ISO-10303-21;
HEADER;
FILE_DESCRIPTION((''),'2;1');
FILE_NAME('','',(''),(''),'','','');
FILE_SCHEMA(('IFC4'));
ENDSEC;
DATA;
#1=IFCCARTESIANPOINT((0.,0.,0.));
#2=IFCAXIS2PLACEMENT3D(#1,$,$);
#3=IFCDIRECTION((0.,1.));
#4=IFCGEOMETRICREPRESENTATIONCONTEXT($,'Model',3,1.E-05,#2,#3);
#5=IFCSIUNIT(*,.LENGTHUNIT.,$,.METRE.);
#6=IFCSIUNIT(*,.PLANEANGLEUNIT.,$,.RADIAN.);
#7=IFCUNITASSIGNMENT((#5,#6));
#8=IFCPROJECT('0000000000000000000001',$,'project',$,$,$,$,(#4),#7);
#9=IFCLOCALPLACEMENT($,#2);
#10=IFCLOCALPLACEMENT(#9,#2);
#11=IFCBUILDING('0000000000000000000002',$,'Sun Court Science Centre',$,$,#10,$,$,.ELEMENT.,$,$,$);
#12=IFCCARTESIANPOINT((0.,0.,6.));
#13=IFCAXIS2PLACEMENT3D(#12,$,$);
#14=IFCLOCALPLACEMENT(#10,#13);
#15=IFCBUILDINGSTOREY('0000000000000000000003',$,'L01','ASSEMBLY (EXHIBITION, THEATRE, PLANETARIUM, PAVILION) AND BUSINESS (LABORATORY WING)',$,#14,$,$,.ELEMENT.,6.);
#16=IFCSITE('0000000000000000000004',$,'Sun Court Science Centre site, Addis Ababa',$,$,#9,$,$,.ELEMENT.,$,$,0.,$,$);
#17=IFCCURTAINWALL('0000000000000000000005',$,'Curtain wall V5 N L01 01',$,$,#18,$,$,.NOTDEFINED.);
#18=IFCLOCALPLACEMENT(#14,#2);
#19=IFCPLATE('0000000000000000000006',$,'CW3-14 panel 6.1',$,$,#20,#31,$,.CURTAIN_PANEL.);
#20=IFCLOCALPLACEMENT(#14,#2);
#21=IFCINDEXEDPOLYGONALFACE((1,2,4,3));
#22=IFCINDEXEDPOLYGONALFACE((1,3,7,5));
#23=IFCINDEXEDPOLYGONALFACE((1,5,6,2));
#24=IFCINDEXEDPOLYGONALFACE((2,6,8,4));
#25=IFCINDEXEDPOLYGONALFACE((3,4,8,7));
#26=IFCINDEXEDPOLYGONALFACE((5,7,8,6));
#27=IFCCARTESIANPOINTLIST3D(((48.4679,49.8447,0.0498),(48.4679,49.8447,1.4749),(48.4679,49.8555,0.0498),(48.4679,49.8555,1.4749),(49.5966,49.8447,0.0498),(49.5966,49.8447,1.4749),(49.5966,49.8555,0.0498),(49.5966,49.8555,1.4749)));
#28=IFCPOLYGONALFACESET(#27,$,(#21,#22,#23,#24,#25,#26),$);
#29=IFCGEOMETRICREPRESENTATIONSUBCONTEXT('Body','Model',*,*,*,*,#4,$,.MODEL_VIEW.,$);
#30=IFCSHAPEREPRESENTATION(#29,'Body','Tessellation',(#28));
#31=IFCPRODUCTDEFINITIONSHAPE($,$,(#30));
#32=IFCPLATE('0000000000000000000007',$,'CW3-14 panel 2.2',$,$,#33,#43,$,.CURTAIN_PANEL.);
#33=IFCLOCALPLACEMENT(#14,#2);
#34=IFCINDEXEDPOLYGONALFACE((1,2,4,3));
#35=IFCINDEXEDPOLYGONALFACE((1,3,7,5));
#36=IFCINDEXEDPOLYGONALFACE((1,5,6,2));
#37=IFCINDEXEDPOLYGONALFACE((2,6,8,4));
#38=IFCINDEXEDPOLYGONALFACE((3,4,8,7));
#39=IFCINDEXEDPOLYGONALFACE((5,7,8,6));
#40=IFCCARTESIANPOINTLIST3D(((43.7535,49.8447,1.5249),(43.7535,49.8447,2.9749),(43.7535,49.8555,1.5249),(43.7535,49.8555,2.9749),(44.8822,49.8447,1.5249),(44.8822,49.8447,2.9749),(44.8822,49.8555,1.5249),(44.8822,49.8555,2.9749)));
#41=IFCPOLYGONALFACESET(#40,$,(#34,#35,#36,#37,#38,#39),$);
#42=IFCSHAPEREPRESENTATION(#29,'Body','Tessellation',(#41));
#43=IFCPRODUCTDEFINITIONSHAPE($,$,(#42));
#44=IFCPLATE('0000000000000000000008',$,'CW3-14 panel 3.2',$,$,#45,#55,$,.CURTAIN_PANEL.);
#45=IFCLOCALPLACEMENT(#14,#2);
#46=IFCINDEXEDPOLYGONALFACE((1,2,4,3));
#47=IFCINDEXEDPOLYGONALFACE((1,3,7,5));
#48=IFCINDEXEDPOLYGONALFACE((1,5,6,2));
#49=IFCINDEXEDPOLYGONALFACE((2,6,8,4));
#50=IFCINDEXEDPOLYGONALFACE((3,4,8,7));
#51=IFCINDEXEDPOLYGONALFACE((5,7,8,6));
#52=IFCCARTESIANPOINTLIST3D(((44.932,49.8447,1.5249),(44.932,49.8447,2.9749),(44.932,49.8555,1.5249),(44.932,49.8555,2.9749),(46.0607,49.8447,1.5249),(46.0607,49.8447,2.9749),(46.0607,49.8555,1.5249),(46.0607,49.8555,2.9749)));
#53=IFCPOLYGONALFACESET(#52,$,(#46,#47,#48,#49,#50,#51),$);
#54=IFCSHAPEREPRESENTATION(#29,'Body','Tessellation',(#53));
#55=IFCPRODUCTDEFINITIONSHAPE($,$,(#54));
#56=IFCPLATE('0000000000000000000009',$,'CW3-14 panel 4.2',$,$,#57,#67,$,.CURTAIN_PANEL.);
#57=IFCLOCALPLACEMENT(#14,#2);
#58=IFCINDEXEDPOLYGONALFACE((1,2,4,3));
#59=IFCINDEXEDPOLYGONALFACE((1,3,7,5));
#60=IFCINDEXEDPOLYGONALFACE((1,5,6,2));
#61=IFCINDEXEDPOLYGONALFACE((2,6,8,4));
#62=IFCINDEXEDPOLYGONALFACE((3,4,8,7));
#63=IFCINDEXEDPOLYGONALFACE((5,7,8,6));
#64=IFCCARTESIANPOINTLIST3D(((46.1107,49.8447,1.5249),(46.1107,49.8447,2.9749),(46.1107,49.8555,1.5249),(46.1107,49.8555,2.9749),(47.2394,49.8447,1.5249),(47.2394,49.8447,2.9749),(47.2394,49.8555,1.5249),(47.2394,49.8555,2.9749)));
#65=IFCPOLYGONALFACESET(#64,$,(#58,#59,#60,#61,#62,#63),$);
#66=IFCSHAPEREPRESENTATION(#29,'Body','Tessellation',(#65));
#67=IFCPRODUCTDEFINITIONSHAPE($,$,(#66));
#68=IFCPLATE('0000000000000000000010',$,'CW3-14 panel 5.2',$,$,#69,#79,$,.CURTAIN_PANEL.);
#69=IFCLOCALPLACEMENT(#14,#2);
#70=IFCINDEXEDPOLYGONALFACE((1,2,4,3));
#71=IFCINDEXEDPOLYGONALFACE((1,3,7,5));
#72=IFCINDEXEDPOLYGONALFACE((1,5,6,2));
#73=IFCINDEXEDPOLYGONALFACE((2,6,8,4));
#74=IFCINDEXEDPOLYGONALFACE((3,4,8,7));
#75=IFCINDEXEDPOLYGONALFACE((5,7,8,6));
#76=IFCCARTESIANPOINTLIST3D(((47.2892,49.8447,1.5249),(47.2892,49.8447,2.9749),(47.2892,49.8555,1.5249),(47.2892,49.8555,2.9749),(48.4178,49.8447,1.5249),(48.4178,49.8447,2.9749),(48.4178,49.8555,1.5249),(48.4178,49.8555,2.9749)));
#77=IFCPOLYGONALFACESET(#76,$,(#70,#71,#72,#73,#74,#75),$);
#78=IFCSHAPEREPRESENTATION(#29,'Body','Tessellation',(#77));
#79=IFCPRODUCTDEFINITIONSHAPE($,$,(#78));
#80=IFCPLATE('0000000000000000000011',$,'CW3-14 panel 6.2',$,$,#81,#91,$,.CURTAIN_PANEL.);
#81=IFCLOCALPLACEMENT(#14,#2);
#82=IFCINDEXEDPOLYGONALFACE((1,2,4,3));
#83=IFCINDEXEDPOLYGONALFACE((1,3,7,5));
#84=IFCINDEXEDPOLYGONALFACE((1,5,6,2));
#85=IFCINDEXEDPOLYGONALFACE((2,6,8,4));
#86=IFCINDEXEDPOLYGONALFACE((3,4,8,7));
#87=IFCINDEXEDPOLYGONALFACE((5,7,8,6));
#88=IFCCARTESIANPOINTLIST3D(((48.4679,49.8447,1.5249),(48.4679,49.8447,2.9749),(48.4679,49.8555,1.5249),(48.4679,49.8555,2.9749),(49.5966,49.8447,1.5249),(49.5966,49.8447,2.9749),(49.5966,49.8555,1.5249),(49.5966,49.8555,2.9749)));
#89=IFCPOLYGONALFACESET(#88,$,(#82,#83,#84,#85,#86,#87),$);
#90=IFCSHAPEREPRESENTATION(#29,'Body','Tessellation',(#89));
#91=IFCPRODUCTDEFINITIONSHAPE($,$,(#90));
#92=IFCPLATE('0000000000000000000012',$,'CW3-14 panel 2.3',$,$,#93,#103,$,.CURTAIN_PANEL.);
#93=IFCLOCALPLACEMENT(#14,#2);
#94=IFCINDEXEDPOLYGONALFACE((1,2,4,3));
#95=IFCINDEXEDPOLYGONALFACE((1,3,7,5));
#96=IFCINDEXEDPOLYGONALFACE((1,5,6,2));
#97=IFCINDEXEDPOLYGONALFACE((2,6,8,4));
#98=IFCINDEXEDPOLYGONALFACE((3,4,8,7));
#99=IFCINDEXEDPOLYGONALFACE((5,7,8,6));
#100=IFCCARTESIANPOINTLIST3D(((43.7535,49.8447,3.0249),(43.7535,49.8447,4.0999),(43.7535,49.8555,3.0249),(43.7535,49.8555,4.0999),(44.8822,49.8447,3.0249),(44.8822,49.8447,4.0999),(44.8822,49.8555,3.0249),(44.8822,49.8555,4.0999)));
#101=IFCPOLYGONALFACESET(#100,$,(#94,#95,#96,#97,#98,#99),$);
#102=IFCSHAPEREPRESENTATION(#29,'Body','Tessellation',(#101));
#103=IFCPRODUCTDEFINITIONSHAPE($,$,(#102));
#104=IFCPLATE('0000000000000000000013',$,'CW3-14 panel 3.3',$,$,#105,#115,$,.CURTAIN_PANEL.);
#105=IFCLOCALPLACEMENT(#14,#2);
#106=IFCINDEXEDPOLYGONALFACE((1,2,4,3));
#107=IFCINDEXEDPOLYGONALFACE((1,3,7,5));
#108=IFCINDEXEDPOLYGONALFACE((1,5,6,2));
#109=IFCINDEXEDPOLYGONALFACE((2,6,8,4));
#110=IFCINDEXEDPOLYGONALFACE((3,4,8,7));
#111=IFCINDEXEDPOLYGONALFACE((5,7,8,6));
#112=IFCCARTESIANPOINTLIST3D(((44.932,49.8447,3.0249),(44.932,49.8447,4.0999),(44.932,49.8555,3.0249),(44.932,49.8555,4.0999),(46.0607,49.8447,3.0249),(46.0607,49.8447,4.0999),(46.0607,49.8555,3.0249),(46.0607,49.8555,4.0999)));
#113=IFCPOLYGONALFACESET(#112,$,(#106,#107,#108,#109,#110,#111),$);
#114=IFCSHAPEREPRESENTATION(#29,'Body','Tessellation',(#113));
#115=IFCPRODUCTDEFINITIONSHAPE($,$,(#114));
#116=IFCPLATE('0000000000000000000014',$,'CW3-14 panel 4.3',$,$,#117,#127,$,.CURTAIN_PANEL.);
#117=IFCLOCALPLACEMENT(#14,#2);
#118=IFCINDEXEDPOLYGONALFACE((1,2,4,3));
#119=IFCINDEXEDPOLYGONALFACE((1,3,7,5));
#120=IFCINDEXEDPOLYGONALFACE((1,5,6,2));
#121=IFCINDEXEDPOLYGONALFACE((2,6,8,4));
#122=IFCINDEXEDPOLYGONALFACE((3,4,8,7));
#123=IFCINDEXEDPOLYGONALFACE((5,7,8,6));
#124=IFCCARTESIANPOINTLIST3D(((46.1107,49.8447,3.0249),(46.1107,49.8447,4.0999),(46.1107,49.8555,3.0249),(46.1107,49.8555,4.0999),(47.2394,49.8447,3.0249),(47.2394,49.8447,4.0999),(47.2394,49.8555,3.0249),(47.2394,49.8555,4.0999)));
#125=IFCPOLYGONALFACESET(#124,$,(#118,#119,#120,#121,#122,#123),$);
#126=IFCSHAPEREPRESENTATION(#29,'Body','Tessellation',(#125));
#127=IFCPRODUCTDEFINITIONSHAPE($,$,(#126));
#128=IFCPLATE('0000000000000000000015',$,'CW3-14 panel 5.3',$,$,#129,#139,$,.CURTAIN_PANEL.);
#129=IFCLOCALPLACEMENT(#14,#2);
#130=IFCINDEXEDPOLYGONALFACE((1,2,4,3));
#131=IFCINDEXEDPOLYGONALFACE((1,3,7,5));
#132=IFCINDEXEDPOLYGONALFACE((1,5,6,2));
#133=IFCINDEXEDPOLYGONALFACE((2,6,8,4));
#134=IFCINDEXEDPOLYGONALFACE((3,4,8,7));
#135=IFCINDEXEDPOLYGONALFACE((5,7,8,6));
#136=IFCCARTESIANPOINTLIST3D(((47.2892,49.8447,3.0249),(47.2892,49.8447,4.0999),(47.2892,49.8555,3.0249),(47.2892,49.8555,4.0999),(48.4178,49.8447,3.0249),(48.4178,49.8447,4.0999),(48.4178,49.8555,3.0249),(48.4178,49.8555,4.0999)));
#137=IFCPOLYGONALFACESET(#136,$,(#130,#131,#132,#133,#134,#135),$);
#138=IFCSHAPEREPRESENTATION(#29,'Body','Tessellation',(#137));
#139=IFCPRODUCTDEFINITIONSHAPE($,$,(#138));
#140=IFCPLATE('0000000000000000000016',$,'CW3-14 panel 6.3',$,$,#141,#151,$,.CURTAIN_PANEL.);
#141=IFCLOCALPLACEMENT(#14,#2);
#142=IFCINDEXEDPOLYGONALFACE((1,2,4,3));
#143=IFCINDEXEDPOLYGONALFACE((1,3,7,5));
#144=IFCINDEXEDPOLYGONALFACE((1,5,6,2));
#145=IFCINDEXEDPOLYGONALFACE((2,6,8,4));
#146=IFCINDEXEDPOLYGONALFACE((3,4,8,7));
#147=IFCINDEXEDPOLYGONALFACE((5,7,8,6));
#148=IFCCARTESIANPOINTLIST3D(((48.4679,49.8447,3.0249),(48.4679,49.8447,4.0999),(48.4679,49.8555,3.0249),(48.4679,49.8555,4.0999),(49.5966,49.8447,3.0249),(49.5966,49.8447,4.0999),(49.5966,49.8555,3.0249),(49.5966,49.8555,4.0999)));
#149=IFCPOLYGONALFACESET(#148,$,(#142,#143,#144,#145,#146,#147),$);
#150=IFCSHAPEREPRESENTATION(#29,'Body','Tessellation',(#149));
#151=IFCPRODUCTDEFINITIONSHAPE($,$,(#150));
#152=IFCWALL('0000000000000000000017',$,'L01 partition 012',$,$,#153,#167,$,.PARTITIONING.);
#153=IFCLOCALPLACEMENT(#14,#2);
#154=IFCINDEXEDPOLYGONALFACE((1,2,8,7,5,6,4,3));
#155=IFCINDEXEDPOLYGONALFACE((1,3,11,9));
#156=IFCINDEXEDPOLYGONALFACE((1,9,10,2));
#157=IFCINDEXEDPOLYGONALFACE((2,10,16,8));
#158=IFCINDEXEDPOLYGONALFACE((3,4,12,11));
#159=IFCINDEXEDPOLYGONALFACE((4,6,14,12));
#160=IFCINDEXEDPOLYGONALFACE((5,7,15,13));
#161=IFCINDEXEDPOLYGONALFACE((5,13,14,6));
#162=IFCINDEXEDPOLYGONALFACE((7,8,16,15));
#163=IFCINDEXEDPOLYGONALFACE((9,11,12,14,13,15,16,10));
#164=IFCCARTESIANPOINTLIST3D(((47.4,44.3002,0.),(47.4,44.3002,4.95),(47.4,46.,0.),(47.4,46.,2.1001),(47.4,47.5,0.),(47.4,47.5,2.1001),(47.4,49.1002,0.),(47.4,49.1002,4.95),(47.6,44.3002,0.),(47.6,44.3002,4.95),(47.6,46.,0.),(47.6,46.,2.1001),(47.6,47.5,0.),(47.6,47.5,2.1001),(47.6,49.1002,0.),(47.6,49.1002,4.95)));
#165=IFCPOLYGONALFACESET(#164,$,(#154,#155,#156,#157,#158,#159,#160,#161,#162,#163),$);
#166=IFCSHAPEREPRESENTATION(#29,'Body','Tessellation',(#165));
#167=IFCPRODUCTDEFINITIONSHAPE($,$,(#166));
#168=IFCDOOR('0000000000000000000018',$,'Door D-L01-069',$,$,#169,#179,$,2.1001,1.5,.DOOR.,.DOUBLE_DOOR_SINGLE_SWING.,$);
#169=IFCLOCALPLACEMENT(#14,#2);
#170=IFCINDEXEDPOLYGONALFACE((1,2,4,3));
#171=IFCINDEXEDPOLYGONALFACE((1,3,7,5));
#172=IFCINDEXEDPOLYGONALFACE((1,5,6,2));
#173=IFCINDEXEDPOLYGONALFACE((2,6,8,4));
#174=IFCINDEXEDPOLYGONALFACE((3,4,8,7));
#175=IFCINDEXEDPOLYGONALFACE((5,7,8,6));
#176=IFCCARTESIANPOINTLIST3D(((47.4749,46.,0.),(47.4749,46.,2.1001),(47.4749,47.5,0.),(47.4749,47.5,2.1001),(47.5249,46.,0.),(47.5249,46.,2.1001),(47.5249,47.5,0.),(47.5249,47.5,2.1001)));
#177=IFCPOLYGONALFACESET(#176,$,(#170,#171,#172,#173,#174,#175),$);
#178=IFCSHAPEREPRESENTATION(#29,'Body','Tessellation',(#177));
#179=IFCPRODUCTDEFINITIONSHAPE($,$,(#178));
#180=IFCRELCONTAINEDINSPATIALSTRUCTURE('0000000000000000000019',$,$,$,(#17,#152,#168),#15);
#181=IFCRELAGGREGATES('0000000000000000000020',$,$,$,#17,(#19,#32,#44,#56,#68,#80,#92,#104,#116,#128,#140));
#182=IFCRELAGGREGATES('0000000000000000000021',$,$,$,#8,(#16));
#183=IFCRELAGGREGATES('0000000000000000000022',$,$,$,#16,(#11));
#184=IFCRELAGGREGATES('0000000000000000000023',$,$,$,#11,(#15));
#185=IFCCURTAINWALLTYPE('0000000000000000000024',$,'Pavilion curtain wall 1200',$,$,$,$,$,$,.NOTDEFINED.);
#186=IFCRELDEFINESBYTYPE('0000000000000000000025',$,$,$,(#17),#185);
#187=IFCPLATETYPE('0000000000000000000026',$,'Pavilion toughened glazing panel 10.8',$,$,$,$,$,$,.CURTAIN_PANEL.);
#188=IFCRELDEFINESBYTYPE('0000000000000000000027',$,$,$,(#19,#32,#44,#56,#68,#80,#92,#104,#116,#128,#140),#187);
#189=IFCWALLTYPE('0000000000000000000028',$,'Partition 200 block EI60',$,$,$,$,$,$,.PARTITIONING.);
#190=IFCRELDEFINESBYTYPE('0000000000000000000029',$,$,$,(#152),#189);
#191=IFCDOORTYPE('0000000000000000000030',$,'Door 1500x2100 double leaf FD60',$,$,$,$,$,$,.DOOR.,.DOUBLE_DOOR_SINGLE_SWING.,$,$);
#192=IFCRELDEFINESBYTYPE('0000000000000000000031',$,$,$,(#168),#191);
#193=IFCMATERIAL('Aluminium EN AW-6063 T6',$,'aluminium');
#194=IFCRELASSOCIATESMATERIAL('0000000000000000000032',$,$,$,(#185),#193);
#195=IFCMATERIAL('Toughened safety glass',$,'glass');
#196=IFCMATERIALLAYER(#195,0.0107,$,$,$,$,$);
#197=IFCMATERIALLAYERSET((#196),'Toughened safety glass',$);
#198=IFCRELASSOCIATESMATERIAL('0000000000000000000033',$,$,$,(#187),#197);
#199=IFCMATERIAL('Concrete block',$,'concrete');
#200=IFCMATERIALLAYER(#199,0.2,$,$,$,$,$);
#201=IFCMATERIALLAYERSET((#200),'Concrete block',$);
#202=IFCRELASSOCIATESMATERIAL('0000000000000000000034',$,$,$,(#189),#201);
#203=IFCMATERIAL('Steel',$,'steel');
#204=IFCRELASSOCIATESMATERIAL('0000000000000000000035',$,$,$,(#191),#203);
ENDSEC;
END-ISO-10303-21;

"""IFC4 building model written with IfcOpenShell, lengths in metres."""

from ifc_helpers import new_model, si_unit, direction, frame, frame_2d, origin, origin_2d, place, context, subcontext, project, spatial, rectangle, extrude, material, layer, layer_set, type_object, element, fill, aggregate, save


model = new_model("IFC4")

# Units and contexts
model_context = context("Model", 3, precision=1e-05, world=origin(), true_north=direction((0.0, 1.0)))
body_context = subcontext(model_context, "Body", "Model", "MODEL_VIEW")
ifc_project = project(units=[si_unit("LENGTHUNIT", "METRE"), si_unit("PLANEANGLEUNIT", "RADIAN")], contexts=[model_context])

# Site, building, storey
site_placement = place(None, origin())
site = spatial("IfcSite", under=ifc_project, at=site_placement, Name="Sun Court Science Centre site, Addis Ababa", CompositionType="ELEMENT", RefElevation=0.0)
building_placement = place(site_placement, origin())
building = spatial("IfcBuilding", under=site, at=building_placement, Name="Sun Court Science Centre", CompositionType="ELEMENT")
storey_placement = place(building_placement, frame((0.0, 0.0, 6.0)))
storey = spatial("IfcBuildingStorey", under=building, at=storey_placement, Name="L01", Description="ASSEMBLY (EXHIBITION, THEATRE, PLANETARIUM, PAVILION) AND BUSINESS (LABORATORY WING)", CompositionType="ELEMENT", Elevation=6.0)

# Curtain wall, plates
ifc_material_1 = material(Name="Aluminium EN AW-6063 T6", Category="aluminium")
curtain_wall_type = type_object("IfcCurtainWallType", Name="Pavilion curtain wall 1200", PredefinedType="NOTDEFINED", material=ifc_material_1)
curtain_wall_placement = place(storey_placement, origin())
curtain_wall = element("IfcCurtainWall", 1, at=curtain_wall_placement, inside=storey, type_object=curtain_wall_type, Name="Curtain wall V5 N L01 01", PredefinedType="NOTDEFINED")
ifc_material_2 = material(Name="Toughened safety glass", Category="glass")
ifc_layer_1 = layer(ifc_material_2, 0.0107)
ifc_layer_set_1 = layer_set([ifc_layer_1], Name="Toughened safety glass")
plate_type = type_object("IfcPlateType", Name="Pavilion toughened glazing panel 10.8", PredefinedType="CURTAIN_PANEL", material=ifc_layer_set_1)
plate_1_placement = place(storey_placement, frame((49.0322, 49.8501, 0.0498), z_axis=(0.0, 0.0, 1.0), x_axis=(1.0, 0.0, 0.0)))
plate_1 = element("IfcPlate", 2, at=plate_1_placement, type_object=plate_type, Name="CW3-14 panel 6.1", PredefinedType="CURTAIN_PANEL", context=body_context, shape_type="SweptSolid", body=[
    extrude(rectangle(XDim=1.1287, YDim=0.0107, at=origin_2d()), origin(), (0.0, 0.0, 1.0), 1.425),
])
plate_2_placement = place(storey_placement, frame((44.3179, 49.8501, 1.5249), z_axis=(0.0, 0.0, 1.0), x_axis=(1.0, 0.0, 0.0)))
plate_2 = element("IfcPlate", 3, at=plate_2_placement, type_object=plate_type, Name="CW3-14 panel 2.2", PredefinedType="CURTAIN_PANEL", context=body_context, shape_type="SweptSolid", body=[
    extrude(rectangle(XDim=1.1287, YDim=0.0107, at=origin_2d()), origin(), (0.0, 0.0, 1.0), 1.45),
])
plate_3_placement = place(storey_placement, frame((45.4963, 49.8501, 1.5249), z_axis=(0.0, 0.0, 1.0), x_axis=(1.0, 0.0, 0.0)))
plate_3 = element("IfcPlate", 4, at=plate_3_placement, type_object=plate_type, Name="CW3-14 panel 3.2", PredefinedType="CURTAIN_PANEL", context=body_context, shape_type="SweptSolid", body=[
    extrude(rectangle(XDim=1.1287, YDim=0.0107, at=origin_2d()), origin(), (0.0, 0.0, 1.0), 1.45),
])
plate_4_placement = place(storey_placement, frame((46.675, 49.8501, 1.5249), z_axis=(0.0, 0.0, 1.0), x_axis=(1.0, 0.0, 0.0)))
plate_4 = element("IfcPlate", 5, at=plate_4_placement, type_object=plate_type, Name="CW3-14 panel 4.2", PredefinedType="CURTAIN_PANEL", context=body_context, shape_type="SweptSolid", body=[
    extrude(rectangle(XDim=1.1287, YDim=0.0107, at=origin_2d()), origin(), (0.0, 0.0, 1.0), 1.45),
])
plate_5_placement = place(storey_placement, frame((47.8535, 49.8501, 1.5249), z_axis=(0.0, 0.0, 1.0), x_axis=(1.0, 0.0, 0.0)))
plate_5 = element("IfcPlate", 6, at=plate_5_placement, type_object=plate_type, Name="CW3-14 panel 5.2", PredefinedType="CURTAIN_PANEL", context=body_context, shape_type="SweptSolid", body=[
    extrude(rectangle(XDim=1.1287, YDim=0.0107, at=origin_2d()), origin(), (0.0, 0.0, 1.0), 1.45),
])
plate_6_placement = place(storey_placement, frame((49.0322, 49.8501, 1.5249), z_axis=(0.0, 0.0, 1.0), x_axis=(1.0, 0.0, 0.0)))
plate_6 = element("IfcPlate", 7, at=plate_6_placement, type_object=plate_type, Name="CW3-14 panel 6.2", PredefinedType="CURTAIN_PANEL", context=body_context, shape_type="SweptSolid", body=[
    extrude(rectangle(XDim=1.1287, YDim=0.0107, at=origin_2d()), origin(), (0.0, 0.0, 1.0), 1.45),
])
plate_7_placement = place(storey_placement, frame((44.3179, 49.8501, 3.0249), z_axis=(0.0, 0.0, 1.0), x_axis=(1.0, 0.0, 0.0)))
plate_7 = element("IfcPlate", 8, at=plate_7_placement, type_object=plate_type, Name="CW3-14 panel 2.3", PredefinedType="CURTAIN_PANEL", context=body_context, shape_type="SweptSolid", body=[
    extrude(rectangle(XDim=1.1287, YDim=0.0107, at=origin_2d()), origin(), (0.0, 0.0, 1.0), 1.075),
])
plate_8_placement = place(storey_placement, frame((45.4963, 49.8501, 3.0249), z_axis=(0.0, 0.0, 1.0), x_axis=(1.0, 0.0, 0.0)))
plate_8 = element("IfcPlate", 9, at=plate_8_placement, type_object=plate_type, Name="CW3-14 panel 3.3", PredefinedType="CURTAIN_PANEL", context=body_context, shape_type="SweptSolid", body=[
    extrude(rectangle(XDim=1.1287, YDim=0.0107, at=origin_2d()), origin(), (0.0, 0.0, 1.0), 1.075),
])
plate_9_placement = place(storey_placement, frame((46.675, 49.8501, 3.0249), z_axis=(0.0, 0.0, 1.0), x_axis=(1.0, 0.0, 0.0)))
plate_9 = element("IfcPlate", 10, at=plate_9_placement, type_object=plate_type, Name="CW3-14 panel 4.3", PredefinedType="CURTAIN_PANEL", context=body_context, shape_type="SweptSolid", body=[
    extrude(rectangle(XDim=1.1287, YDim=0.0107, at=origin_2d()), origin(), (0.0, 0.0, 1.0), 1.075),
])
plate_10_placement = place(storey_placement, frame((47.8535, 49.8501, 3.0249), z_axis=(0.0, 0.0, 1.0), x_axis=(1.0, 0.0, 0.0)))
plate_10 = element("IfcPlate", 11, at=plate_10_placement, type_object=plate_type, Name="CW3-14 panel 5.3", PredefinedType="CURTAIN_PANEL", context=body_context, shape_type="SweptSolid", body=[
    extrude(rectangle(XDim=1.1287, YDim=0.0107, at=origin_2d()), origin(), (0.0, 0.0, 1.0), 1.075),
])
plate_11_placement = place(storey_placement, frame((49.0322, 49.8501, 3.0249), z_axis=(0.0, 0.0, 1.0), x_axis=(1.0, 0.0, 0.0)))
plate_11 = element("IfcPlate", 12, at=plate_11_placement, type_object=plate_type, Name="CW3-14 panel 6.3", PredefinedType="CURTAIN_PANEL", context=body_context, shape_type="SweptSolid", body=[
    extrude(rectangle(XDim=1.1287, YDim=0.0107, at=origin_2d()), origin(), (0.0, 0.0, 1.0), 1.075),
])
aggregate(curtain_wall, [plate_1, plate_2, plate_3, plate_4, plate_5, plate_6, plate_7, plate_8, plate_9, plate_10, plate_11])

# Wall, opening, door
ifc_material_3 = material(Name="Concrete block", Category="concrete")
ifc_layer_2 = layer(ifc_material_3, 0.2)
ifc_layer_set_2 = layer_set([ifc_layer_2], Name="Concrete block")
wall_type = type_object("IfcWallType", Name="Partition 200 block EI60", PredefinedType="PARTITIONING", material=ifc_layer_set_2)
wall_placement = place(storey_placement, frame((47.5, 49.1001, 0.0), z_axis=(0.0, 0.0, 1.0), x_axis=(0.0, -1.0, 0.0)))
wall = element("IfcWall", 13, at=wall_placement, inside=storey, type_object=wall_type, Name="L01 partition 012", PredefinedType="PARTITIONING", context=body_context, shape_type="SweptSolid", body=[
    extrude(rectangle(XDim=4.8, YDim=0.2, at=frame_2d((2.3999, 0.0))), origin(), (0.0, 0.0, 1.0), 4.95),
])
opening_placement = place(wall_placement, frame((1.6001, 0.0, 0.0)))
opening = element("IfcOpeningElement", 14, at=opening_placement, cuts=wall, PredefinedType="OPENING", context=body_context, shape_type="SweptSolid", body=[
    extrude(rectangle(XDim=1.5, YDim=2.1001, at=frame_2d((0.75, 1.05))), frame((0.0, 0.1099, 0.0), z_axis=(0.0, -1.0, 0.0), x_axis=(1.0, 0.0, 0.0)), (0.0, 0.0, 1.0), 0.22),
])
ifc_material_4 = material(Name="Steel", Category="steel")
door_type = type_object("IfcDoorType", Name="Door 1500x2100 double leaf FD60", OperationType="DOUBLE_DOOR_SINGLE_SWING", PredefinedType="DOOR", material=ifc_material_4)
door_placement = place(opening_placement, origin())
door = element("IfcDoor", 15, at=door_placement, inside=storey, type_object=door_type, Name="Door D-L01-069", OperationType="DOUBLE_DOOR_SINGLE_SWING", OverallHeight=2.1001, OverallWidth=1.5, PredefinedType="DOOR", context=body_context, shape_type="SweptSolid", body=[
    extrude(rectangle(XDim=1.5, YDim=2.1001, at=frame_2d((0.75, 1.05))), frame((0.0, 0.0249, 0.0), z_axis=(0.0, -1.0, 0.0), x_axis=(1.0, 0.0, 0.0)), (0.0, 0.0, 1.0), 0.05),
])
fill(opening, door)

save(model, "model.ifc")
